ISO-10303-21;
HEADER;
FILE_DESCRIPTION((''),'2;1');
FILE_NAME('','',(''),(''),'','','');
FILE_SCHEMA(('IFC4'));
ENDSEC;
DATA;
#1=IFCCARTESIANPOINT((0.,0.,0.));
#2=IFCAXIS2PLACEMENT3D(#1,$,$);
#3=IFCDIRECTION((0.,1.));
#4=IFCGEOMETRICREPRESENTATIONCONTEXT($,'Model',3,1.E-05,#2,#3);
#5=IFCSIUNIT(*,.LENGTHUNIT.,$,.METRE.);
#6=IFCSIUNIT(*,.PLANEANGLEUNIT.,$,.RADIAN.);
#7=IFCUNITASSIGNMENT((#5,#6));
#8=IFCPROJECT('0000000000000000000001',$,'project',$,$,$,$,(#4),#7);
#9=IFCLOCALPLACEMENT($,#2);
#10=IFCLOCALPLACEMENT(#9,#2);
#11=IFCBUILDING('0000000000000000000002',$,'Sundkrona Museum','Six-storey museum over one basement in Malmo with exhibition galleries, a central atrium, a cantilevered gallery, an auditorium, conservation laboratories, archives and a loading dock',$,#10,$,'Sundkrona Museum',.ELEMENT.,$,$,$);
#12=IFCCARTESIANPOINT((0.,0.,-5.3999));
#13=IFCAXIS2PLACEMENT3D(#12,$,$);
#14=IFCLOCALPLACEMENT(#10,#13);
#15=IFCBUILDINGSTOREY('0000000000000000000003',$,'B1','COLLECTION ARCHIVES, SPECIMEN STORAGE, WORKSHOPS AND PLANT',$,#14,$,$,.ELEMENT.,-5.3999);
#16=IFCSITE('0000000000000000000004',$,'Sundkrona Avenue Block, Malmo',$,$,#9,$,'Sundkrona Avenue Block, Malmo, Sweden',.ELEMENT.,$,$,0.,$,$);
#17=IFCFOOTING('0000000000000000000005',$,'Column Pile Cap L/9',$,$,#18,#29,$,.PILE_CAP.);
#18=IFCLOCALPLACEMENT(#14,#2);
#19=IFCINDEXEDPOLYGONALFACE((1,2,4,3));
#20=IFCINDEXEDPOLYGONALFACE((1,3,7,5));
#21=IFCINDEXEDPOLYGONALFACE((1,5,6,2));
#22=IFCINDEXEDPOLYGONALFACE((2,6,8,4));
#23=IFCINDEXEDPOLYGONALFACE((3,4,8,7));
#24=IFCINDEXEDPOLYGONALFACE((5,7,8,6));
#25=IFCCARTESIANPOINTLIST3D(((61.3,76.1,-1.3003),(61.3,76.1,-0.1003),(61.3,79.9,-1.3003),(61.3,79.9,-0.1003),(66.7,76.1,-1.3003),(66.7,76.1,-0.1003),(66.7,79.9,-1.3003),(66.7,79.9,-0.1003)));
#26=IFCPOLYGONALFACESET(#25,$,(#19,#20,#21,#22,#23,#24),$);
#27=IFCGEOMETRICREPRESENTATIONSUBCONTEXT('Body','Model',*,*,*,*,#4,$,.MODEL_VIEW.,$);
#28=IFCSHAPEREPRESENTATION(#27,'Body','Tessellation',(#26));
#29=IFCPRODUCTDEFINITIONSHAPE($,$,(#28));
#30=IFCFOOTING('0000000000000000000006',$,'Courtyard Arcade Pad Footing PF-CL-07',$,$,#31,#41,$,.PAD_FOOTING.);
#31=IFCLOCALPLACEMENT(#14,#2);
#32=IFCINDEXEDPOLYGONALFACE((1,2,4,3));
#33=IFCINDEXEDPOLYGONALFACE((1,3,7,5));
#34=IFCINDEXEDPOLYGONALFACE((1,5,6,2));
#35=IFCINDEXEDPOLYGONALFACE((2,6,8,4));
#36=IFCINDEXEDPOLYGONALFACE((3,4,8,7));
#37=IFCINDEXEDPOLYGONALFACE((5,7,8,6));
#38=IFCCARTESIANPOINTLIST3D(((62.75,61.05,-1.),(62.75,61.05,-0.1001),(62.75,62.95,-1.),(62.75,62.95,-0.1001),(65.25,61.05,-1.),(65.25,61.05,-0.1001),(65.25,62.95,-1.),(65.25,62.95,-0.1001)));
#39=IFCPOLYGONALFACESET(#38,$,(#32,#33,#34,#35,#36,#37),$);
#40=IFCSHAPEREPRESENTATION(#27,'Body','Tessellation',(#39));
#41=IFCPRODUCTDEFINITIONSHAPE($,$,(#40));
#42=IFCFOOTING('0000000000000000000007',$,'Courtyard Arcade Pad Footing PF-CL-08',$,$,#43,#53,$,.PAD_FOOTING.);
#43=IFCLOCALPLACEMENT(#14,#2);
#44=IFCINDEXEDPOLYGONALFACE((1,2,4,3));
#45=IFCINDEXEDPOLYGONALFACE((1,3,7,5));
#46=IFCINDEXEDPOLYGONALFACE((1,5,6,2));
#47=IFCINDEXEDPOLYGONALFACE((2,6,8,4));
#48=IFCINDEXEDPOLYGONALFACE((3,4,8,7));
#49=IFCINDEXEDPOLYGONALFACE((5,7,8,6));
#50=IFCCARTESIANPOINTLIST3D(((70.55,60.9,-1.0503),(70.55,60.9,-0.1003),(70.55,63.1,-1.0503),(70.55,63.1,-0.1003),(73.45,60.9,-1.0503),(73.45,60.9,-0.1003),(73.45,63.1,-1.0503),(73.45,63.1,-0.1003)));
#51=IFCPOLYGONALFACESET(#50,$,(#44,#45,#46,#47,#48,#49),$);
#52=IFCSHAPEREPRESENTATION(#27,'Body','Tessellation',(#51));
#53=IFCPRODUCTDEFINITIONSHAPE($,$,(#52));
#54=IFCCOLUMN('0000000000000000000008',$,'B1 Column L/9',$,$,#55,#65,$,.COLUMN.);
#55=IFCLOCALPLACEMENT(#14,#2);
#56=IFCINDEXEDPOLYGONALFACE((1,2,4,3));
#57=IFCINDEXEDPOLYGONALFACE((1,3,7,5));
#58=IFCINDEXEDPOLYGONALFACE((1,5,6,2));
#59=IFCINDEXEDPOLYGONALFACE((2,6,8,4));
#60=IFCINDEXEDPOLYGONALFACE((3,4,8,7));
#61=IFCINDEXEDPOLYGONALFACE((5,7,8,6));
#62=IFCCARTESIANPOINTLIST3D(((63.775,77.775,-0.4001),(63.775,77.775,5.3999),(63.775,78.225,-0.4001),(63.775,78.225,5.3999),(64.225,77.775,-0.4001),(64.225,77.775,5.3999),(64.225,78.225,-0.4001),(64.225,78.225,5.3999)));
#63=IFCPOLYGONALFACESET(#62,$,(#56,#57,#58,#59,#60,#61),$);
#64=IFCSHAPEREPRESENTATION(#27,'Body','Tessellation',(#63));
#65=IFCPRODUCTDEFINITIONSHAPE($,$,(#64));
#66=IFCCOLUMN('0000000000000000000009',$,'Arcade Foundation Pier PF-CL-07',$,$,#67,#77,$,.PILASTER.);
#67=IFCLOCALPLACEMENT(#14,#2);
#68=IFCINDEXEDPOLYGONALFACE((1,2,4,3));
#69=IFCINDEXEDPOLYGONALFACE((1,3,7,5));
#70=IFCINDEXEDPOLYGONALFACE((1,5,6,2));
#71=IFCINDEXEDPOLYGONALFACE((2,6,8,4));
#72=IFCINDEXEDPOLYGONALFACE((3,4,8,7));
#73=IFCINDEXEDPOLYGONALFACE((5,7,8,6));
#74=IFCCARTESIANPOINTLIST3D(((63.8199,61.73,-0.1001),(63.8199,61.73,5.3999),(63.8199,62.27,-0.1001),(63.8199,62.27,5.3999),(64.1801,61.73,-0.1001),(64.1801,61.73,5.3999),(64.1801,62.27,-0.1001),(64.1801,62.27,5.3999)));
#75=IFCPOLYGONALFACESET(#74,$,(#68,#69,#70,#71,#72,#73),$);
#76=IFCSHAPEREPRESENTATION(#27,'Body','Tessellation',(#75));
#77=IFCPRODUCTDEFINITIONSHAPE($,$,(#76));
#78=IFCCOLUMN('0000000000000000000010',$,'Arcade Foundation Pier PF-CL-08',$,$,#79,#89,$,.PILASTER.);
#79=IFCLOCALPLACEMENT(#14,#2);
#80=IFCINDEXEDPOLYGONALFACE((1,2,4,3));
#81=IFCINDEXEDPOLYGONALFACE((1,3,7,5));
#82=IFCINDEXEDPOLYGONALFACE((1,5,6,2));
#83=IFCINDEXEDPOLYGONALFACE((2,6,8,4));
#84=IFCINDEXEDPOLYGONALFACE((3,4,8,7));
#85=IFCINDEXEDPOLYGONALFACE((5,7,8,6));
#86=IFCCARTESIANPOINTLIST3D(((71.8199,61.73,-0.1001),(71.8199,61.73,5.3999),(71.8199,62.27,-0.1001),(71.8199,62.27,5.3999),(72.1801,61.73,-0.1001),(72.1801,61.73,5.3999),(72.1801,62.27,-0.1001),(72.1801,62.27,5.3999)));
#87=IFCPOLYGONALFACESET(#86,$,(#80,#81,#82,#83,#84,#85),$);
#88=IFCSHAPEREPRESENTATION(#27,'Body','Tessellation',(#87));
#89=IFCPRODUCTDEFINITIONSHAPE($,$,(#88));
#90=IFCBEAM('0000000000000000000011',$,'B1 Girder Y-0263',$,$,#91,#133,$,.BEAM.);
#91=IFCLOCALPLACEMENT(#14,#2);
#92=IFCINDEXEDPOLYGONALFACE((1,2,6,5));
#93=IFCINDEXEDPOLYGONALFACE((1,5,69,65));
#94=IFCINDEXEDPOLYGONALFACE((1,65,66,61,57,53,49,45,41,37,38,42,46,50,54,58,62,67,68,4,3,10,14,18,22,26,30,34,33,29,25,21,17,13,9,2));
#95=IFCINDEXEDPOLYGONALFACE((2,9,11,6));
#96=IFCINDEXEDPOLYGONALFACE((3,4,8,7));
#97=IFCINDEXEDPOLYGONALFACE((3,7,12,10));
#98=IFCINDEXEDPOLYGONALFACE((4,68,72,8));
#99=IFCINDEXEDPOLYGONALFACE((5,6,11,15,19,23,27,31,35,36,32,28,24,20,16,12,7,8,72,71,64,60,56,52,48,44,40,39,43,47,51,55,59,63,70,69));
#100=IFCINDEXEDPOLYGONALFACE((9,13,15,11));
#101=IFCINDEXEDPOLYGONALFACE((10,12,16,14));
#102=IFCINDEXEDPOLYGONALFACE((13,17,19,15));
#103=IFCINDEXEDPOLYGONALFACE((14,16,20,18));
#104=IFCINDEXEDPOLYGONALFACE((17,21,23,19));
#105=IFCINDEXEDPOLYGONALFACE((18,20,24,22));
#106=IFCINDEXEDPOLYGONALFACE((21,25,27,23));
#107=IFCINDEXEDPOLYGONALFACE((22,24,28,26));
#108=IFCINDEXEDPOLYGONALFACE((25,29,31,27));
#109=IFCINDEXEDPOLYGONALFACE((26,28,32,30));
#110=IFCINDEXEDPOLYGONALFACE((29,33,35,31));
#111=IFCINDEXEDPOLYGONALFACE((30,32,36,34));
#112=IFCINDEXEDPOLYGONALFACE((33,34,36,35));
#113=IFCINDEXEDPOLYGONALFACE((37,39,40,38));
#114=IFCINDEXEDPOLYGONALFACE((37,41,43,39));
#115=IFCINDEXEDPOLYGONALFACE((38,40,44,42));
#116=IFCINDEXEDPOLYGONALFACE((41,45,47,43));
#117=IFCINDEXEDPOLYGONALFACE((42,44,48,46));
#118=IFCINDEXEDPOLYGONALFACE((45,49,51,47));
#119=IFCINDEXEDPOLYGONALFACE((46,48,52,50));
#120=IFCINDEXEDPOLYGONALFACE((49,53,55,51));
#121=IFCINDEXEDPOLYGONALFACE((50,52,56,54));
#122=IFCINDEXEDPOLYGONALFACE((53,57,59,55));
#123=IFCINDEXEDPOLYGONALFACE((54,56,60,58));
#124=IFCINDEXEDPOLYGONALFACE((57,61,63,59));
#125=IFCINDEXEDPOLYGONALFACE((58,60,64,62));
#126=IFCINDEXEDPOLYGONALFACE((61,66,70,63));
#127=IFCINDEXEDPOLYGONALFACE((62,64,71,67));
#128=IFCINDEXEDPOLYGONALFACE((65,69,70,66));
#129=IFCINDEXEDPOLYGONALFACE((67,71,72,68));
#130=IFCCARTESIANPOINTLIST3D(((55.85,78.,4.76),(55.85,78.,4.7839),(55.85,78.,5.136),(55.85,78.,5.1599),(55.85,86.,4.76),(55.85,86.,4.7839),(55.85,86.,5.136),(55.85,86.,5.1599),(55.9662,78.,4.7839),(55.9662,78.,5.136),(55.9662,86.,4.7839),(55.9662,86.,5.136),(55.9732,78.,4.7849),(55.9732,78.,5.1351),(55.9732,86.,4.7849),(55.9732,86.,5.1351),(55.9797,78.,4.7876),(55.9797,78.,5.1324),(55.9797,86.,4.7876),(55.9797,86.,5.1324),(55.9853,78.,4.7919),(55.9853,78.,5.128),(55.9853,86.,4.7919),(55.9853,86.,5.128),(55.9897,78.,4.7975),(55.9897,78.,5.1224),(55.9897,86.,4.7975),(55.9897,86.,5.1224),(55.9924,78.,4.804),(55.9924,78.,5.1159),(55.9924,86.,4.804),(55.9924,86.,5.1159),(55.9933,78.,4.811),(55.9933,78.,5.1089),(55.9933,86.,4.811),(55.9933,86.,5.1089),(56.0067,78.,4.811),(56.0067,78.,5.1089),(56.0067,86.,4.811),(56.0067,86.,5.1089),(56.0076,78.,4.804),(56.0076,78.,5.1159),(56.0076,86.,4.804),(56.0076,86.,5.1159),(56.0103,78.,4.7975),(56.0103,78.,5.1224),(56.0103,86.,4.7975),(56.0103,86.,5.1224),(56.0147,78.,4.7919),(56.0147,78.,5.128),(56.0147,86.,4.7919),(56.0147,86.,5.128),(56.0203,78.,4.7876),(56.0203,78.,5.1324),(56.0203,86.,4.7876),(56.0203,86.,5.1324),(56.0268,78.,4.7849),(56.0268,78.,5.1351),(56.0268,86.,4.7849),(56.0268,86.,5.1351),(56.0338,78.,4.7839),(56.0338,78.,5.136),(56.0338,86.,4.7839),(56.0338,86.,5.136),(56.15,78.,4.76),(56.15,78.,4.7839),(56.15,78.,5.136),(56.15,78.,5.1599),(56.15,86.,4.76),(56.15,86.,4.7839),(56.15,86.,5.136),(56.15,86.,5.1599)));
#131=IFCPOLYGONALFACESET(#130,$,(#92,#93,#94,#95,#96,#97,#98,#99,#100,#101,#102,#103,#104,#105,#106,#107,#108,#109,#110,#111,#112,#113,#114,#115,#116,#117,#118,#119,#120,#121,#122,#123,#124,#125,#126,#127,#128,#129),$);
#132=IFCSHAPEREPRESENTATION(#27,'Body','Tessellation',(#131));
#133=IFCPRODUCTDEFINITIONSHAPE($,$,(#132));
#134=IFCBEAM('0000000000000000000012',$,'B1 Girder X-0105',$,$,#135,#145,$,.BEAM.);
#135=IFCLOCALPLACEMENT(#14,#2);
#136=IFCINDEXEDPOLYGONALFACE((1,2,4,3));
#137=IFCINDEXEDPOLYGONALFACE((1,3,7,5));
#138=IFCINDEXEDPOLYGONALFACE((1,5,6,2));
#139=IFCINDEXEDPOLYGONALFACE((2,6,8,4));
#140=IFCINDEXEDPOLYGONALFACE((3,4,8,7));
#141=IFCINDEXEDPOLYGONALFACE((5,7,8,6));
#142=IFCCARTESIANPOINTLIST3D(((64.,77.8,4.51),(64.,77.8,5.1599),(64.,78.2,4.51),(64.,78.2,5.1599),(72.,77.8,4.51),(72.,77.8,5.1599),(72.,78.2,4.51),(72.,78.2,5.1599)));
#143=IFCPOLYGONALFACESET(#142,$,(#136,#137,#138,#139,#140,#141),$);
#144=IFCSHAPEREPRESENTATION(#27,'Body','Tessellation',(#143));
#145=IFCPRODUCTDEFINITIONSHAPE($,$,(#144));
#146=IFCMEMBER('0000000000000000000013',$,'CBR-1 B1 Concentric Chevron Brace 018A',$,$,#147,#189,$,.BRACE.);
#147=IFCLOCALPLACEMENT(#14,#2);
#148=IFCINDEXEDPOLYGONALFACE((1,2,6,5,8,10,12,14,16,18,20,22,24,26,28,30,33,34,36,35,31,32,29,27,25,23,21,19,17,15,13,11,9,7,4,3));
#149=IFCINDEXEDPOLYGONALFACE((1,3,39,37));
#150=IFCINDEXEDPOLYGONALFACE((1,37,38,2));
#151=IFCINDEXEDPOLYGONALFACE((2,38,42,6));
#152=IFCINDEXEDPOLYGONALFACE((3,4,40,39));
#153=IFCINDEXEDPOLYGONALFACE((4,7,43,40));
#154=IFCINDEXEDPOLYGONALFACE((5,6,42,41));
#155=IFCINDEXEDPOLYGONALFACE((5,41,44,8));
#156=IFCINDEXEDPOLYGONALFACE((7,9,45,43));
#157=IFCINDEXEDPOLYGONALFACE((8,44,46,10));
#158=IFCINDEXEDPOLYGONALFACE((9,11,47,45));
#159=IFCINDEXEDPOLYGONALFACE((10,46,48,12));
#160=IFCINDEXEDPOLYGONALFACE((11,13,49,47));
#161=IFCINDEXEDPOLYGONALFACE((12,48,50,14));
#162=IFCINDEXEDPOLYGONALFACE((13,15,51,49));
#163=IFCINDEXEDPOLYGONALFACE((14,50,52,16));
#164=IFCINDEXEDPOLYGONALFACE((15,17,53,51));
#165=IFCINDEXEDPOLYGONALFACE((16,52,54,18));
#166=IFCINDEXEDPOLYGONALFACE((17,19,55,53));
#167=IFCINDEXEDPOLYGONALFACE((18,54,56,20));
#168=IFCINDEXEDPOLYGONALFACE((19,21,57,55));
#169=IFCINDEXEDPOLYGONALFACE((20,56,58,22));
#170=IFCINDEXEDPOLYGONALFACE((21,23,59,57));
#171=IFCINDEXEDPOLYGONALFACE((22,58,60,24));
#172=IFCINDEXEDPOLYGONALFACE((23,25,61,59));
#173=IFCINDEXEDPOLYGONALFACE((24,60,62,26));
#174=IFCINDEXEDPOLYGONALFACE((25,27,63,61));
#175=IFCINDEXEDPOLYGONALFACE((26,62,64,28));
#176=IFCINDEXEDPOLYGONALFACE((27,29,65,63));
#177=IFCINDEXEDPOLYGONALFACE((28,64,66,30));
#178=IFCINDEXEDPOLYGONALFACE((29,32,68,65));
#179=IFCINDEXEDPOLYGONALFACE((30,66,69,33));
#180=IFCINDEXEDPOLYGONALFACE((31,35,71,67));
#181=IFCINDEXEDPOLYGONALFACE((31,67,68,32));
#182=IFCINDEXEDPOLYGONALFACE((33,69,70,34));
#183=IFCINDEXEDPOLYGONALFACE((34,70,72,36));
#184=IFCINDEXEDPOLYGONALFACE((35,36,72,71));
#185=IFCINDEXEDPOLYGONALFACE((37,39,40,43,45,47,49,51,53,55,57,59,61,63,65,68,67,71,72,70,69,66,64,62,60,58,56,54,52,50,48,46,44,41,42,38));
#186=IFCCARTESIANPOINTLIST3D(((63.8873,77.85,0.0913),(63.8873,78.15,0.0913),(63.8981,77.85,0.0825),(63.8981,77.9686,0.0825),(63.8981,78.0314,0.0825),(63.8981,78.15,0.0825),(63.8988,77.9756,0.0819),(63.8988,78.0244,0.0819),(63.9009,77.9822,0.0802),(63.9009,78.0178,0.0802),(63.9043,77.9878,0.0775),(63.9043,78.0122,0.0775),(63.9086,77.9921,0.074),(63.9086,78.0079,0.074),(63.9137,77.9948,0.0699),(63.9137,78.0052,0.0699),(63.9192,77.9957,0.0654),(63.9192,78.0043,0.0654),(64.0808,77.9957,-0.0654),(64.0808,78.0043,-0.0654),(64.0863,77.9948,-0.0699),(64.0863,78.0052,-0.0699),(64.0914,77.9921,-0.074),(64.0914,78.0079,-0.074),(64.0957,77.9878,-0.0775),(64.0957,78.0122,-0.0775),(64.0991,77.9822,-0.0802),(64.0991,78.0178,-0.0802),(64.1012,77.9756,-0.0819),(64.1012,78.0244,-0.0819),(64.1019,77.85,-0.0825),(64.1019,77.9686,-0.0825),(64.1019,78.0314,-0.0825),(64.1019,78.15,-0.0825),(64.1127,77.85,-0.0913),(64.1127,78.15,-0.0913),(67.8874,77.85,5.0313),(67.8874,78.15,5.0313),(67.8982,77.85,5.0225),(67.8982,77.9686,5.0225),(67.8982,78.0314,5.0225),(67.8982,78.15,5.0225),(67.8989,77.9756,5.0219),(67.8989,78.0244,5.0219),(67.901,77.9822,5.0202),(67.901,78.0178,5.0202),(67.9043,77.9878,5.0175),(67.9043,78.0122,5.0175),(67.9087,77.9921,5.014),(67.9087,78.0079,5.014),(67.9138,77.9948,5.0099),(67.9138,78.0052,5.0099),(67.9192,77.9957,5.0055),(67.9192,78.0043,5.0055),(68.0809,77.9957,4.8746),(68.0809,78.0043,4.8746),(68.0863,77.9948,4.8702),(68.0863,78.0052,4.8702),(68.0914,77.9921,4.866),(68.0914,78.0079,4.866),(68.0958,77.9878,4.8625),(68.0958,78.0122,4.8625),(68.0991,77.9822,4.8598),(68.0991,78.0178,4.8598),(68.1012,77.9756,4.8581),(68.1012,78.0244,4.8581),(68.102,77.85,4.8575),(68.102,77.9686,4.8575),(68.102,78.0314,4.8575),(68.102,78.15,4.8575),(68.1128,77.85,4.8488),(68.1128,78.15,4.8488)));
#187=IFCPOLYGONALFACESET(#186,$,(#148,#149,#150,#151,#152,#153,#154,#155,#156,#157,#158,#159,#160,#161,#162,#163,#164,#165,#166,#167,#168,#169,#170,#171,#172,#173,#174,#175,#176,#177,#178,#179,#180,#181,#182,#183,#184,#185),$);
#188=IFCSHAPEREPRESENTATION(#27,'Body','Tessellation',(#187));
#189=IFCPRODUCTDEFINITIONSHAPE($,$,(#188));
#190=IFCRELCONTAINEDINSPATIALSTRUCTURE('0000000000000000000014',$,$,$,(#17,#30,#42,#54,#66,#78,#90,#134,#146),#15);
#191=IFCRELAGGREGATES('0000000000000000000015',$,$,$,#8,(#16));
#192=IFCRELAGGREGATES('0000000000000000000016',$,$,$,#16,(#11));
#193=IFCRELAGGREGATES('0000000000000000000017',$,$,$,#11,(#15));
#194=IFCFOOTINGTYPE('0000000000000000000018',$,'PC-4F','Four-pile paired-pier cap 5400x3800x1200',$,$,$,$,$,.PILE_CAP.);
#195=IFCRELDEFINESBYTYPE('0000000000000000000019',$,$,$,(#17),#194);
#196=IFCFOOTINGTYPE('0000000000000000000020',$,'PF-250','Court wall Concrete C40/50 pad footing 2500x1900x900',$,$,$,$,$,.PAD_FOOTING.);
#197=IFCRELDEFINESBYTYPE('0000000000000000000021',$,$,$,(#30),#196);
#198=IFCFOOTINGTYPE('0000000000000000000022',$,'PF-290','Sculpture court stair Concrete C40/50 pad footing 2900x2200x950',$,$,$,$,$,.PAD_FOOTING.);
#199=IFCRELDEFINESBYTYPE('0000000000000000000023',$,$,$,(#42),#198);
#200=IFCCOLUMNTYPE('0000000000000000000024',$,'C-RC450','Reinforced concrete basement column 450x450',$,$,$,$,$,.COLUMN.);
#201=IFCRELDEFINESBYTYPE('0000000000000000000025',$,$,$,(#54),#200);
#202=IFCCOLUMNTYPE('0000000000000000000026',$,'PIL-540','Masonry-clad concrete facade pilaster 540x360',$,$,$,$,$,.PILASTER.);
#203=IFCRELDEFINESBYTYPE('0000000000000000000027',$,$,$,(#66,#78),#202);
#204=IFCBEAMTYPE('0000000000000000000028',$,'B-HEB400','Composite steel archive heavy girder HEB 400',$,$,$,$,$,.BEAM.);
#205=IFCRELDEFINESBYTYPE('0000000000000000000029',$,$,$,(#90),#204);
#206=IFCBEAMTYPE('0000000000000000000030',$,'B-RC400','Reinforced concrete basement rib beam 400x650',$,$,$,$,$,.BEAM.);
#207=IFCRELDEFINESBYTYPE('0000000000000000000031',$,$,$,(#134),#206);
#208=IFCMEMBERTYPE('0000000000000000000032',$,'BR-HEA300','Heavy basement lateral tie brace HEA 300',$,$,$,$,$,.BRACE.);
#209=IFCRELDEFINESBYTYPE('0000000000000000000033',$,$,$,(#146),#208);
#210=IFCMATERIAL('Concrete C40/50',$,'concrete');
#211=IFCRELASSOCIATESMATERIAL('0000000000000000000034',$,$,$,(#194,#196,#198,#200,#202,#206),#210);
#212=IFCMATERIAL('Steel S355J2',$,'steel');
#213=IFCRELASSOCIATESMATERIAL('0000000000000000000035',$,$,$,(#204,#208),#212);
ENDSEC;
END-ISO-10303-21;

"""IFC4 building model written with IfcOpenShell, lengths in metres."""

from ifc_helpers import new_model, si_unit, direction, frame, origin, origin_2d, place, context, subcontext, project, spatial, rectangle, i_section, extrude, material, material_profile, profile_set, type_object, element, save


model = new_model("IFC4")

# Units and contexts
model_context = context("Model", 3, precision=1e-05, world=origin(), true_north=direction((0.0, 1.0)))
body_context = subcontext(model_context, "Body", "Model", "MODEL_VIEW")
ifc_project = project(units=[si_unit("LENGTHUNIT", "METRE"), si_unit("PLANEANGLEUNIT", "RADIAN")], contexts=[model_context])

# Site, building, storey
site_placement = place(None, origin())
site = spatial("IfcSite", under=ifc_project, at=site_placement, Name="Sundkrona Avenue Block, Malmo", LongName="Sundkrona Avenue Block, Malmo, Sweden", CompositionType="ELEMENT", RefElevation=0.0)
building_placement = place(site_placement, origin())
building = spatial("IfcBuilding", under=site, at=building_placement, Name="Sundkrona Museum", Description="Six-storey museum over one basement in Malmo with exhibition galleries, a central atrium, a cantilevered gallery, an auditorium, conservation laboratories, archives and a loading dock", LongName="Sundkrona Museum", CompositionType="ELEMENT")
storey_placement = place(building_placement, frame((0.0, 0.0, -5.3999)))
storey = spatial("IfcBuildingStorey", under=building, at=storey_placement, Name="B1", Description="COLLECTION ARCHIVES, SPECIMEN STORAGE, WORKSHOPS AND PLANT", CompositionType="ELEMENT", Elevation=-5.3999)

# Shared definitions
ifc_material_1 = material(Name="Concrete C40/50", Category="concrete")

# Footings
footing_type_1 = type_object("IfcFootingType", Name="PC-4F", Description="Four-pile paired-pier cap 5400x3800x1200", PredefinedType="PILE_CAP", material=ifc_material_1)
footing_1_placement = place(storey_placement, frame((64.0, 78.0, -1.3003), z_axis=(0.0, 0.0, 1.0), x_axis=(1.0, 0.0, 0.0)))
element("IfcFooting", 1, at=footing_1_placement, inside=storey, type_object=footing_type_1, Name="Column Pile Cap L/9", PredefinedType="PILE_CAP", context=body_context, shape_type="SweptSolid", body=[
    extrude(rectangle(XDim=5.3999, YDim=3.8, at=origin_2d()), origin(), (0.0, 0.0, 1.0), 1.2),
])
footing_type_2 = type_object("IfcFootingType", Name="PF-250", Description="Court wall Concrete C40/50 pad footing 2500x1900x900", PredefinedType="PAD_FOOTING", material=ifc_material_1)
footing_2_placement = place(storey_placement, frame((64.0, 62.0, -1.0), z_axis=(0.0, 0.0, 1.0), x_axis=(1.0, 0.0, 0.0)))
element("IfcFooting", 2, at=footing_2_placement, inside=storey, type_object=footing_type_2, Name="Courtyard Arcade Pad Footing PF-CL-07", PredefinedType="PAD_FOOTING", context=body_context, shape_type="SweptSolid", body=[
    extrude(rectangle(XDim=2.5, YDim=1.8999, at=origin_2d()), origin(), (0.0, 0.0, 1.0), 0.8999),
])
footing_type_3 = type_object("IfcFootingType", Name="PF-290", Description="Sculpture court stair Concrete C40/50 pad footing 2900x2200x950", PredefinedType="PAD_FOOTING", material=ifc_material_1)
footing_3_placement = place(storey_placement, frame((72.0, 62.0, -1.0503), z_axis=(0.0, 0.0, 1.0), x_axis=(1.0, 0.0, 0.0)))
element("IfcFooting", 3, at=footing_3_placement, inside=storey, type_object=footing_type_3, Name="Courtyard Arcade Pad Footing PF-CL-08", PredefinedType="PAD_FOOTING", context=body_context, shape_type="SweptSolid", body=[
    extrude(rectangle(XDim=2.8999, YDim=2.2, at=origin_2d()), origin(), (0.0, 0.0, 1.0), 0.95),
])

# Columns
ifc_material_profile_1 = material_profile(ifc_material_1, rectangle(XDim=0.45, YDim=0.45, at=origin_2d()), Name="RC 450x450")
ifc_profile_set_1 = profile_set([ifc_material_profile_1], Name="Concrete C40/50")
column_type_1 = type_object("IfcColumnType", Name="C-RC450", Description="Reinforced concrete basement column 450x450", PredefinedType="COLUMN", material=ifc_profile_set_1)
column_placement = place(storey_placement, frame((64.0, 78.0, -0.4001), z_axis=(0.0, 0.0, 1.0), x_axis=(1.0, 0.0, 0.0)))
element("IfcColumn", 4, at=column_placement, inside=storey, type_object=column_type_1, Name="B1 Column L/9", PredefinedType="COLUMN", context=body_context, shape_type="SweptSolid", body=[
    extrude(rectangle(XDim=0.45, YDim=0.45, at=origin_2d()), origin(), (0.0, 0.0, 1.0), 5.8),
])
ifc_material_profile_2 = material_profile(ifc_material_1, rectangle(XDim=0.3601, YDim=0.54, at=origin_2d()), Name="RC 540x360")
ifc_profile_set_2 = profile_set([ifc_material_profile_2], Name="Concrete C40/50")
column_type_2 = type_object("IfcColumnType", Name="PIL-540", Description="Masonry-clad concrete facade pilaster 540x360", PredefinedType="PILASTER", material=ifc_profile_set_2)
for number, where, z_axis, x_axis, name in (
    (5, (64.0, 62.0, -0.1001), (0.0, 0.0, 1.0), (1.0, 0.0, 0.0), "Arcade Foundation Pier PF-CL-07"),
    (6, (72.0, 62.0, -0.1001), (0.0, 0.0, 1.0), (1.0, 0.0, 0.0), "Arcade Foundation Pier PF-CL-08"),
):
    element("IfcColumn", number, at=place(storey_placement, frame(where, z_axis=z_axis, x_axis=x_axis)), inside=storey, type_object=column_type_2, Name=name, PredefinedType="PILASTER", context=body_context, shape_type="SweptSolid", body=[
        extrude(rectangle(XDim=0.3601, YDim=0.54, at=origin_2d()), origin(), (0.0, 0.0, 1.0), 5.5),
    ])

# Beams
ifc_material_2 = material(Name="Steel S355J2", Category="steel")
ifc_material_profile_3 = material_profile(ifc_material_2, i_section(OverallWidth=0.3, OverallDepth=0.3999, WebThickness=0.0134, FlangeThickness=0.0239, FilletRadius=0.0271, at=origin_2d()), Name="HEB 400")
ifc_profile_set_3 = profile_set([ifc_material_profile_3], Name="Steel S355J2")
beam_type_1 = type_object("IfcBeamType", Name="B-HEB400", Description="Composite steel archive heavy girder HEB 400", PredefinedType="BEAM", material=ifc_profile_set_3)
beam_1_placement = place(storey_placement, frame((56.0, 78.0, 4.96), z_axis=(0.0, 1.0, 0.0), x_axis=(-1.0, 0.0, 0.0)))
element("IfcBeam", 7, at=beam_1_placement, inside=storey, type_object=beam_type_1, Name="B1 Girder Y-0263", PredefinedType="BEAM", context=body_context, shape_type="SweptSolid", body=[
    extrude(i_section(OverallWidth=0.3, OverallDepth=0.3999, WebThickness=0.0134, FlangeThickness=0.0239, FilletRadius=0.0271, at=origin_2d()), origin(), (0.0, 0.0, 1.0), 8.0),
])
ifc_material_profile_4 = material_profile(ifc_material_1, rectangle(XDim=0.3999, YDim=0.6499, at=origin_2d()), Name="RCB 400x650")
ifc_profile_set_4 = profile_set([ifc_material_profile_4], Name="Concrete C40/50")
beam_type_2 = type_object("IfcBeamType", Name="B-RC400", Description="Reinforced concrete basement rib beam 400x650", PredefinedType="BEAM", material=ifc_profile_set_4)
beam_2_placement = place(storey_placement, frame((64.0, 78.0, 4.835), z_axis=(1.0, 0.0, 0.0), x_axis=(0.0, 1.0, 0.0)))
element("IfcBeam", 8, at=beam_2_placement, inside=storey, type_object=beam_type_2, Name="B1 Girder X-0105", PredefinedType="BEAM", context=body_context, shape_type="SweptSolid", body=[
    extrude(rectangle(XDim=0.3999, YDim=0.6499, at=origin_2d()), origin(), (0.0, 0.0, 1.0), 8.0),
])

# Member
ifc_material_profile_5 = material_profile(ifc_material_2, i_section(OverallWidth=0.3, OverallDepth=0.29, WebThickness=0.0085, FlangeThickness=0.0139, FilletRadius=0.0271, at=origin_2d()), Name="HEA 300")
ifc_profile_set_5 = profile_set([ifc_material_profile_5], Name="Steel S355J2")
member_type = type_object("IfcMemberType", Name="BR-HEA300", Description="Heavy basement lateral tie brace HEA 300", PredefinedType="BRACE", material=ifc_profile_set_5)
member_placement = place(storey_placement, frame((64.0, 78.0, 0.0), z_axis=(0.629293, 0.0, 0.777168), x_axis=(0.0, 1.0, 0.0)))
element("IfcMember", 9, at=member_placement, inside=storey, type_object=member_type, Name="CBR-1 B1 Concentric Chevron Brace 018A", PredefinedType="BRACE", context=body_context, shape_type="SweptSolid", body=[
    extrude(i_section(OverallWidth=0.3, OverallDepth=0.29, WebThickness=0.0085, FlangeThickness=0.0139, FilletRadius=0.0271, at=origin_2d()), origin(), (0.0, 0.0, 1.0), 6.3564),
])

save(model, "model.ifc")
